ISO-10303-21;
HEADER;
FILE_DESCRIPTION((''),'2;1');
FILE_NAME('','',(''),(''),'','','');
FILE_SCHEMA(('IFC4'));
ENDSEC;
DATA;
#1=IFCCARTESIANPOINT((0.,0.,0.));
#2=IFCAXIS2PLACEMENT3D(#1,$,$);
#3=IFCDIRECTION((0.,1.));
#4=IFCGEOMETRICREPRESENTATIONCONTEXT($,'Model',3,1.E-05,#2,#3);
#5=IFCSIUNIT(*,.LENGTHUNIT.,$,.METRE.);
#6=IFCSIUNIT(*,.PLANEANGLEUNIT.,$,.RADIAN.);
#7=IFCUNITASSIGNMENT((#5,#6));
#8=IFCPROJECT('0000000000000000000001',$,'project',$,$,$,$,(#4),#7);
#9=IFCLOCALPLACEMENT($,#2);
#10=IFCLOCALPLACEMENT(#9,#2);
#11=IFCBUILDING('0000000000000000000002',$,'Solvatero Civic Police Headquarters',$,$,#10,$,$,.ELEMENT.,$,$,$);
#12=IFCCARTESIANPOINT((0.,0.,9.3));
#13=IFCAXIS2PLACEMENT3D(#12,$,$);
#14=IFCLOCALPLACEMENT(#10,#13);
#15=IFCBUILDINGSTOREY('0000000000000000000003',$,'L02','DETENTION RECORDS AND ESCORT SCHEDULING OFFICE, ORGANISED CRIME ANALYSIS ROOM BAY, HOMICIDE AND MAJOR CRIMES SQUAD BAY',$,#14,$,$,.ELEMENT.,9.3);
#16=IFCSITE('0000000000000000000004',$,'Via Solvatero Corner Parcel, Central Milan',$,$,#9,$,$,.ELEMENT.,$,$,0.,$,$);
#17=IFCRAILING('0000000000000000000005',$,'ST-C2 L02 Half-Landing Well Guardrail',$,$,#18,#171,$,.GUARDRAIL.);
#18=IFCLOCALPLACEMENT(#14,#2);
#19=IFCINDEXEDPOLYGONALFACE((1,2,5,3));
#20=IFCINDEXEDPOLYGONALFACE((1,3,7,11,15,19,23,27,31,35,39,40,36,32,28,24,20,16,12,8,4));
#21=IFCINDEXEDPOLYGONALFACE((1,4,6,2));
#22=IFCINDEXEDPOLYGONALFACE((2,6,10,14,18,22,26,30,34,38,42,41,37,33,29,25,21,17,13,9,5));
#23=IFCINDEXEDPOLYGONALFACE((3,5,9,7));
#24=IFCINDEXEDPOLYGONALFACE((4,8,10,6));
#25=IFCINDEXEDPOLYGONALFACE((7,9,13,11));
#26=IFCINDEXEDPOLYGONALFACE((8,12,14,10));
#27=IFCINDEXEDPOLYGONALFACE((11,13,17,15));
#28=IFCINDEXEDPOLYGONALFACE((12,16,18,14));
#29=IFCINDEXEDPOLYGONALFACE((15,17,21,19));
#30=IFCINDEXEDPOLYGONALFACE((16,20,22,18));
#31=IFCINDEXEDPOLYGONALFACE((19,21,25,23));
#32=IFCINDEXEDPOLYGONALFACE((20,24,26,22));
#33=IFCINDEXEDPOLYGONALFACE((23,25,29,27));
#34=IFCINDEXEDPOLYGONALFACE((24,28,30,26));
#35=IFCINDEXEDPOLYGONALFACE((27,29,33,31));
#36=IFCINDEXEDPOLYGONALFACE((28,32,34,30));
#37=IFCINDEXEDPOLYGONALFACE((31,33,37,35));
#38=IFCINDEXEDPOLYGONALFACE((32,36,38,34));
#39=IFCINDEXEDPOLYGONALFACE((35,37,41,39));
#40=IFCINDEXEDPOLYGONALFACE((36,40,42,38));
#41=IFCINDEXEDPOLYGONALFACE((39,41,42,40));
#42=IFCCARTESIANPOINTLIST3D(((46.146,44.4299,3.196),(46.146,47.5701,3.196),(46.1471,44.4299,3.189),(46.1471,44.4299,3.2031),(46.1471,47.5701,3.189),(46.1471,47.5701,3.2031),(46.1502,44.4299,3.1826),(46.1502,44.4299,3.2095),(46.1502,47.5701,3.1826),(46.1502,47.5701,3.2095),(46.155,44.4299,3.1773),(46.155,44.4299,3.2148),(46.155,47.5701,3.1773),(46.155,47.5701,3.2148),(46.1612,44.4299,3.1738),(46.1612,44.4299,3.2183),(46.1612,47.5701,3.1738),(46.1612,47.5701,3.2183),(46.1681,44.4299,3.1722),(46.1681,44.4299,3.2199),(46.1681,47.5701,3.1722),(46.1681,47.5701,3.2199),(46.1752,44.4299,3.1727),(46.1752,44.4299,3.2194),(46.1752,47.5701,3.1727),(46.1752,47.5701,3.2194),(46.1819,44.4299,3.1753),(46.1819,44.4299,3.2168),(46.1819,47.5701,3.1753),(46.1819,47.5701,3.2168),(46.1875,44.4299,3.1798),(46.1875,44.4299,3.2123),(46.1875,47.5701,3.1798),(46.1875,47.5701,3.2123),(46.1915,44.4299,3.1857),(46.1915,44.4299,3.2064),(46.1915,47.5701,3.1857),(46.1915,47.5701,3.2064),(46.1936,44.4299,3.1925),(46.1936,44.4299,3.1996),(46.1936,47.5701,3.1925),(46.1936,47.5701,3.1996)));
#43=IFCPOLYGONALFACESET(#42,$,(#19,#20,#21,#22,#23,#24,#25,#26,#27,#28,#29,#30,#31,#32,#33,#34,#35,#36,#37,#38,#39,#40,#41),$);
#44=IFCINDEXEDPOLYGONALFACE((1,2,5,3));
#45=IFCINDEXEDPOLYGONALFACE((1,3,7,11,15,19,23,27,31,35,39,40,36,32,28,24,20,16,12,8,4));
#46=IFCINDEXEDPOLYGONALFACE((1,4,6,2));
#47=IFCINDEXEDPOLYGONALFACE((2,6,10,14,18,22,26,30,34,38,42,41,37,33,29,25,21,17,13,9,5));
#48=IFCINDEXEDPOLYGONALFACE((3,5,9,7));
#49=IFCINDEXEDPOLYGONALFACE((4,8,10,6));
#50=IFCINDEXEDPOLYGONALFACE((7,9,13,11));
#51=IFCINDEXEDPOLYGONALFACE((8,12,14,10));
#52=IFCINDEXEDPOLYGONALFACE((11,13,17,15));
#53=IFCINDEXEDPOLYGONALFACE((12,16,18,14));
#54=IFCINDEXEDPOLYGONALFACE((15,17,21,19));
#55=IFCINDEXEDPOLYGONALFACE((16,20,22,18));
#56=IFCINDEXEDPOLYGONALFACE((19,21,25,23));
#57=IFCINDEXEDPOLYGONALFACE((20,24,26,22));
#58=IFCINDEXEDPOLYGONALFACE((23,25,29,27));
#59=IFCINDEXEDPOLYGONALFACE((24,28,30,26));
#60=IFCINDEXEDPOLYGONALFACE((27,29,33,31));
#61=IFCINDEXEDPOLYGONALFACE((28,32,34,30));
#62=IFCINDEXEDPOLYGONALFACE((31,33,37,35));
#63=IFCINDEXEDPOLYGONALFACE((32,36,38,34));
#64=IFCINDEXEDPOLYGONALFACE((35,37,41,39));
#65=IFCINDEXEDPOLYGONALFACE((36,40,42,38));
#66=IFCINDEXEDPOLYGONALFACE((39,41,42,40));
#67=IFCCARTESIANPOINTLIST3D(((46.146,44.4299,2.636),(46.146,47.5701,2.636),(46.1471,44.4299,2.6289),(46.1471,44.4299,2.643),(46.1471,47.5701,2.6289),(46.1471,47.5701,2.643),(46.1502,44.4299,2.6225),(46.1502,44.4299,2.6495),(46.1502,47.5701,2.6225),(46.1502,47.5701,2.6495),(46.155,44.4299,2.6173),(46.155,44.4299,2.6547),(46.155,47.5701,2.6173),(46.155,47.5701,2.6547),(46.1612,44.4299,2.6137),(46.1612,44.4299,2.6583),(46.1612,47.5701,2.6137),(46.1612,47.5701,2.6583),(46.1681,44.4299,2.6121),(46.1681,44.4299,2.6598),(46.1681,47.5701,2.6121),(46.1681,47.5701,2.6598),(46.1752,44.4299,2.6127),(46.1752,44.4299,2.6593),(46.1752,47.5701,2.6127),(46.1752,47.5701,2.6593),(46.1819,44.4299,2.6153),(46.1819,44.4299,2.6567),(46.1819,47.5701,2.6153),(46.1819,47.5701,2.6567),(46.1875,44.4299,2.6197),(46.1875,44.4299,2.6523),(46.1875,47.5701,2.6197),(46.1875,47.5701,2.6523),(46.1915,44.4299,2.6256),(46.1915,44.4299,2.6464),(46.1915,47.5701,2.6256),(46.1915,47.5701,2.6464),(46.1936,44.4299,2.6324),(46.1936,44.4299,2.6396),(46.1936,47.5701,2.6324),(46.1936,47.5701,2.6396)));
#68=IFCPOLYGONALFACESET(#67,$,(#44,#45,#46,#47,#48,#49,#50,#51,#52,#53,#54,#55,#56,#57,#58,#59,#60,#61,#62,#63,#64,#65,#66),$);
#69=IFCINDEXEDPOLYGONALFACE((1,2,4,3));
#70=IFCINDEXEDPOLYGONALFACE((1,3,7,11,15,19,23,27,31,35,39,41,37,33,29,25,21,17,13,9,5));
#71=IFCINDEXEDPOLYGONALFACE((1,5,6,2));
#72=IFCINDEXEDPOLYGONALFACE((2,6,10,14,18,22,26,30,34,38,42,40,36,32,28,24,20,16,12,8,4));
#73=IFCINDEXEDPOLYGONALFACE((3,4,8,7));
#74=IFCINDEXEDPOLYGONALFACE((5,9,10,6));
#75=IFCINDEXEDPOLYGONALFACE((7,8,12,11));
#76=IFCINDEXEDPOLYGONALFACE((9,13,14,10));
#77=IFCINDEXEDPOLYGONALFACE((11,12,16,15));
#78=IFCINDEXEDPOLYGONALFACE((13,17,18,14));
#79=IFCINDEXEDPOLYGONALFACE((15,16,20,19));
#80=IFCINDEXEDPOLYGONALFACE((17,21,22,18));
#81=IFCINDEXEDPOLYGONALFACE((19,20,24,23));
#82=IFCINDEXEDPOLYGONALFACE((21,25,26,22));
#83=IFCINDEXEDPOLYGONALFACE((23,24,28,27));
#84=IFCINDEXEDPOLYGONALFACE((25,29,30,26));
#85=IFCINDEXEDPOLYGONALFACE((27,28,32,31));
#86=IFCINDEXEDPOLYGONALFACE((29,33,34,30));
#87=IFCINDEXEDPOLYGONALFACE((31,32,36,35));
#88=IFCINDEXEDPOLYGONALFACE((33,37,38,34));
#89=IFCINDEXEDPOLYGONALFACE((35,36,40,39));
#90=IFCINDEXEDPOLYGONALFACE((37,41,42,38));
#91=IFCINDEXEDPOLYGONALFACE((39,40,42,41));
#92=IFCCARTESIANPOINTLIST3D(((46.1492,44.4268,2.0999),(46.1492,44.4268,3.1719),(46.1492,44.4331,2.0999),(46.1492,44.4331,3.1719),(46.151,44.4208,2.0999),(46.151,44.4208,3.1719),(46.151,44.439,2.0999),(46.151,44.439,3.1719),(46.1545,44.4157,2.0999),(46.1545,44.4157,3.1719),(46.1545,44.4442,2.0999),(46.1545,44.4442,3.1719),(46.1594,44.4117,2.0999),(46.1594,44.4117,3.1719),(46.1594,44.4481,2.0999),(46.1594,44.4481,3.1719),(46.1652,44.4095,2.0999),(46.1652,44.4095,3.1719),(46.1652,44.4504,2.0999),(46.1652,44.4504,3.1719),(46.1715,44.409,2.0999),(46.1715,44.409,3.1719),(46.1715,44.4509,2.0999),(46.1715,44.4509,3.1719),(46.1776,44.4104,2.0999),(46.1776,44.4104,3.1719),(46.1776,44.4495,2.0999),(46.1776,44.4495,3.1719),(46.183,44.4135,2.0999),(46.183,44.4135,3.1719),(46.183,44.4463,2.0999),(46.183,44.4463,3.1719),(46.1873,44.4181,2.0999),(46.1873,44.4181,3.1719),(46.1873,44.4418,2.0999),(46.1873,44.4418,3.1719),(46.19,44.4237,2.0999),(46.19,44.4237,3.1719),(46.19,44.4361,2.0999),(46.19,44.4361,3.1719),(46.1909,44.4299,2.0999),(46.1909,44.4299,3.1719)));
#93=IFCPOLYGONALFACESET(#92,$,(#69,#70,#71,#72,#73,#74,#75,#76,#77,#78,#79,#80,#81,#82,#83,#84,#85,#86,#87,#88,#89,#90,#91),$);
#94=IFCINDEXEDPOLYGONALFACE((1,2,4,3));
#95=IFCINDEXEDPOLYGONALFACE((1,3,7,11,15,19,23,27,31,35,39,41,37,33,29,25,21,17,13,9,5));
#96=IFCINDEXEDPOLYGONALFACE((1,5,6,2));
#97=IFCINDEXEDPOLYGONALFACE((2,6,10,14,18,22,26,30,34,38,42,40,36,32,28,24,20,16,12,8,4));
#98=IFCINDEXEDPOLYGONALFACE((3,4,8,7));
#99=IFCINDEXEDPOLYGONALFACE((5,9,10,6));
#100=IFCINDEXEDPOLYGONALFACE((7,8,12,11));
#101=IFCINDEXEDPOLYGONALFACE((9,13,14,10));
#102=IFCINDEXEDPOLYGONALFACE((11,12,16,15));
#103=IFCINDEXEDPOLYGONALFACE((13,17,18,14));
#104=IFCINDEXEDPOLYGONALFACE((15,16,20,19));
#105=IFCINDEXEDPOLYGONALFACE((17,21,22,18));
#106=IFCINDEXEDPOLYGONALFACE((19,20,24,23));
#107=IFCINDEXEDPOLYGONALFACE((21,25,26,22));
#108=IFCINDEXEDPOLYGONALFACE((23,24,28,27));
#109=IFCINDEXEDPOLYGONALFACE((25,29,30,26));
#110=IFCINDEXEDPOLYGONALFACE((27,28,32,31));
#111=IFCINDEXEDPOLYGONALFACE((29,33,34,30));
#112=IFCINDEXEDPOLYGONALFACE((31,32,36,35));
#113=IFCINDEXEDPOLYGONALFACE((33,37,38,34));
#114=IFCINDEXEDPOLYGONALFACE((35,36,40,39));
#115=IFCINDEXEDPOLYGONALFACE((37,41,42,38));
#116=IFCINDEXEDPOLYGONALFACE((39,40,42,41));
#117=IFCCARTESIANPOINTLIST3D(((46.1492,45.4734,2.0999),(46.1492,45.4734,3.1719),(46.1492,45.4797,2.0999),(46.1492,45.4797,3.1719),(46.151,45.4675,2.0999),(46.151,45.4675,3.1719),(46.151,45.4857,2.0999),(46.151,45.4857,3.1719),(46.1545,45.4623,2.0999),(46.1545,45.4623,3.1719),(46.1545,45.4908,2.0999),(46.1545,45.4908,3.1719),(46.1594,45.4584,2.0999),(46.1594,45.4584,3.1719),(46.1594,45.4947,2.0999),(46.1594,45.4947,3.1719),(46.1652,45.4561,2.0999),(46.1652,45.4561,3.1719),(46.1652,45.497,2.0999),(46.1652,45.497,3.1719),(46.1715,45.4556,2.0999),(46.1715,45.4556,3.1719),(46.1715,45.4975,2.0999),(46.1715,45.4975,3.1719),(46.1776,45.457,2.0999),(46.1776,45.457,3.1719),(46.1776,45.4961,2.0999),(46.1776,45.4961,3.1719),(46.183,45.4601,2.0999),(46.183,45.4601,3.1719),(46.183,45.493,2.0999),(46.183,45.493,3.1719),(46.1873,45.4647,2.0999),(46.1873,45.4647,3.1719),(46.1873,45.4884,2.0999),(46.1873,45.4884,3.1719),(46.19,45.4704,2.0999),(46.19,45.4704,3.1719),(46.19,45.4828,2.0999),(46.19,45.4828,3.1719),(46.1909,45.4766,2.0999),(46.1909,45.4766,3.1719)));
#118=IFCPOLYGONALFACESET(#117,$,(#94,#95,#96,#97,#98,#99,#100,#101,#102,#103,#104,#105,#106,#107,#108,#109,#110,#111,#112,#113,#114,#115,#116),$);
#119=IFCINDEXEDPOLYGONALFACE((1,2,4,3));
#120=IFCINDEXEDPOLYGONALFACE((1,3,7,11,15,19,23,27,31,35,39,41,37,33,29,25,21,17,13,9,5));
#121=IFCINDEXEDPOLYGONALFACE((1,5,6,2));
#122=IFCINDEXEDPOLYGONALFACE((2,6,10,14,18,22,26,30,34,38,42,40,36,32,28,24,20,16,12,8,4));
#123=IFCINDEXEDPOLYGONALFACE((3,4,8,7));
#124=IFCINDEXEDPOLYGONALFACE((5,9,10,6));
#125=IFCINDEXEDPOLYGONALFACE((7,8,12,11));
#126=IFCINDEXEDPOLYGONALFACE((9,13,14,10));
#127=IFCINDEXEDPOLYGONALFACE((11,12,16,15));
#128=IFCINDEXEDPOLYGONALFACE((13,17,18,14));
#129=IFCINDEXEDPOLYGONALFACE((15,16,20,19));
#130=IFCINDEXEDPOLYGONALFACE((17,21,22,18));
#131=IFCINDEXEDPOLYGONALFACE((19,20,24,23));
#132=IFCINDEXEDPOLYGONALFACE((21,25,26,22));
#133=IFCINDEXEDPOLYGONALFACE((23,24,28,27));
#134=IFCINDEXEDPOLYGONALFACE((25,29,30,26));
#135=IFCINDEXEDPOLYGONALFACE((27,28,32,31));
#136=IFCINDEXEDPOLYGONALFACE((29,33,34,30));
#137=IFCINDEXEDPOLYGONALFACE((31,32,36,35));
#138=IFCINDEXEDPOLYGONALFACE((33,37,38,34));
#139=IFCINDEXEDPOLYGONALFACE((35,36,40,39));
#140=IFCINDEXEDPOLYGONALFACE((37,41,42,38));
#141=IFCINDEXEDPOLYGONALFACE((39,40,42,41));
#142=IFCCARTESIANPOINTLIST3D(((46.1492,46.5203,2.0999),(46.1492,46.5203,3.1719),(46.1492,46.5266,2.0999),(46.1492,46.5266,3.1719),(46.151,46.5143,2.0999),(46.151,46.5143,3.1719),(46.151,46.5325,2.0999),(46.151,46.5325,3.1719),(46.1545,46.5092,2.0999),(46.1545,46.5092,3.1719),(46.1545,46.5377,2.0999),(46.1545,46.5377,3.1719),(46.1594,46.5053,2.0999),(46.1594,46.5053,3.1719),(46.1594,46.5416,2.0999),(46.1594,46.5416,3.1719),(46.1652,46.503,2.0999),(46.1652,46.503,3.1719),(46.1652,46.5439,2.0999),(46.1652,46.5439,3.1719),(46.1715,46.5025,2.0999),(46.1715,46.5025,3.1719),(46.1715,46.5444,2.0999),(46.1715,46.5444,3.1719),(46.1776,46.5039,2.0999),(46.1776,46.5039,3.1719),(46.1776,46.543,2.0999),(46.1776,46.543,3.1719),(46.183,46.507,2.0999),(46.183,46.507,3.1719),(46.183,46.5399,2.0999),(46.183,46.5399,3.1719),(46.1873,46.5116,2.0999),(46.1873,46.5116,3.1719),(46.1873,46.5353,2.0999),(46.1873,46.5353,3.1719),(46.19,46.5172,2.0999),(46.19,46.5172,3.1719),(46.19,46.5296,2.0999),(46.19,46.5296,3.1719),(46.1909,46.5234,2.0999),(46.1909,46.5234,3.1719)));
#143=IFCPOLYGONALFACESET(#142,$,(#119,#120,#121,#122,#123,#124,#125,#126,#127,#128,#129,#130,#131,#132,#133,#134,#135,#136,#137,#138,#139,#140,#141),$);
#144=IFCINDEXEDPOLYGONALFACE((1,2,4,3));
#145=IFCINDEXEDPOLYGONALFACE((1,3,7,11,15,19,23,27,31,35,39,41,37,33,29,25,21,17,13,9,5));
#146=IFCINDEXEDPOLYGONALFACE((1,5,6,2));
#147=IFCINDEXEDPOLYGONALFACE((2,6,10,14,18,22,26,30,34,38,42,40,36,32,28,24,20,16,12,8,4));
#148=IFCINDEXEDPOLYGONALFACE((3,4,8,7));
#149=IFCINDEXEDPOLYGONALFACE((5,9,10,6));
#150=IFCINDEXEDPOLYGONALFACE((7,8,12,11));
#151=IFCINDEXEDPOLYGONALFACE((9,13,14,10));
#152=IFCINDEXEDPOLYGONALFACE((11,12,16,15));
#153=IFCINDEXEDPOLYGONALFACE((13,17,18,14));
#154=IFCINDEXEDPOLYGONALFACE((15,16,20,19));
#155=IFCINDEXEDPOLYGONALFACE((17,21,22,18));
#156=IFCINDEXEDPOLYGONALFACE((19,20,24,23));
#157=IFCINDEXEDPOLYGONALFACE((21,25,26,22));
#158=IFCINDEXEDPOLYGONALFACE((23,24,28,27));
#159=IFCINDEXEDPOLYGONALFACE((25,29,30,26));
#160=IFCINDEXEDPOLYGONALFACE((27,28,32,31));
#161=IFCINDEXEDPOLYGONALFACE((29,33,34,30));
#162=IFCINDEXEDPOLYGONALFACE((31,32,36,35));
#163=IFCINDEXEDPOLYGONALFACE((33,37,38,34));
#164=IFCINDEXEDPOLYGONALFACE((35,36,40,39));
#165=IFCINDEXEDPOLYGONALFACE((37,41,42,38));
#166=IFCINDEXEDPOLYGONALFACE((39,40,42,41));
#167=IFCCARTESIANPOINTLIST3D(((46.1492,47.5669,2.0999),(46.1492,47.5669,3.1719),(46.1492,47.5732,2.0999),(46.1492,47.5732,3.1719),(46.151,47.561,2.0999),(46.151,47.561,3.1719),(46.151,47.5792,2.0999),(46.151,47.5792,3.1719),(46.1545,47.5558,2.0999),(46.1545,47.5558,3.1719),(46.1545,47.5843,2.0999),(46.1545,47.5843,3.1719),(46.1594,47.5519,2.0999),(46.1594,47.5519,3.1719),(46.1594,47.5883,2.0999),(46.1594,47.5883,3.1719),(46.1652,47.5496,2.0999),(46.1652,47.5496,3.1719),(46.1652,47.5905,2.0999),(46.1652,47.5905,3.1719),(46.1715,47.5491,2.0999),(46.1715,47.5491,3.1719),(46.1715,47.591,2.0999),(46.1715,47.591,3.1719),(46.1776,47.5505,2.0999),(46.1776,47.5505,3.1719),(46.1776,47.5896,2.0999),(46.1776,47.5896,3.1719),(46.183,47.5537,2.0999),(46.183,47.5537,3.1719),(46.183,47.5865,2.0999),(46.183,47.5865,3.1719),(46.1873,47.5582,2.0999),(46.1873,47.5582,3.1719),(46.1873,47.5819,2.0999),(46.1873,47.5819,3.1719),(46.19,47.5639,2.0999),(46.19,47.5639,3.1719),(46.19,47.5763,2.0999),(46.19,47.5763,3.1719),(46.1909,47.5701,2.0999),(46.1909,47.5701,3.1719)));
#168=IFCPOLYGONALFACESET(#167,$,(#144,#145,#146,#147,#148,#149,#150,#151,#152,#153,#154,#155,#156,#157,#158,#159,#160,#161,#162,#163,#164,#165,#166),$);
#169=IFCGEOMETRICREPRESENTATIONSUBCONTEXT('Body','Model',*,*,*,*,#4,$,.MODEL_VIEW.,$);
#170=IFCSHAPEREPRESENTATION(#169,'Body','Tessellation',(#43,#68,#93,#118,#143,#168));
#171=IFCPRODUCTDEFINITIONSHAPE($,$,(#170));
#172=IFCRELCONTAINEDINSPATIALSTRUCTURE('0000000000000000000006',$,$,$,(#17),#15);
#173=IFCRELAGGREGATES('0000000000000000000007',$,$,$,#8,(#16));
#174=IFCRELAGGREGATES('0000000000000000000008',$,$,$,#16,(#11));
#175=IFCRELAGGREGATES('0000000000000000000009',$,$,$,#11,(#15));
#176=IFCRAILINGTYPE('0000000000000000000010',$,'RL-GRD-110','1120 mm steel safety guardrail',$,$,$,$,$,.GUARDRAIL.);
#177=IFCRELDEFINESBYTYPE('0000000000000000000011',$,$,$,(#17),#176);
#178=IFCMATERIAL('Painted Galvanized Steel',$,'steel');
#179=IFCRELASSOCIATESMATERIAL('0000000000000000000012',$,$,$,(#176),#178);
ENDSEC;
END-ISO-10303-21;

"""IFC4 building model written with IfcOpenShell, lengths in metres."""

from ifc_helpers import new_model, si_unit, direction, frame, origin, origin_2d, place, context, subcontext, project, spatial, circle, extrude, material, type_object, element, save


model = new_model("IFC4")

# Units and contexts
model_context = context("Model", 3, precision=1e-05, world=origin(), true_north=direction((0.0, 1.0)))
body_context = subcontext(model_context, "Body", "Model", "MODEL_VIEW")
ifc_project = project(units=[si_unit("LENGTHUNIT", "METRE"), si_unit("PLANEANGLEUNIT", "RADIAN")], contexts=[model_context])

# Site, building, storey
site_placement = place(None, origin())
site = spatial("IfcSite", under=ifc_project, at=site_placement, Name="Via Solvatero Corner Parcel, Central Milan", CompositionType="ELEMENT", RefElevation=0.0)
building_placement = place(site_placement, origin())
building = spatial("IfcBuilding", under=site, at=building_placement, Name="Solvatero Civic Police Headquarters", CompositionType="ELEMENT")
storey_placement = place(building_placement, frame((0.0, 0.0, 9.3)))
storey = spatial("IfcBuildingStorey", under=building, at=storey_placement, Name="L02", Description="DETENTION RECORDS AND ESCORT SCHEDULING OFFICE, ORGANISED CRIME ANALYSIS ROOM BAY, HOMICIDE AND MAJOR CRIMES SQUAD BAY", CompositionType="ELEMENT", Elevation=9.3)

# Railing
ifc_material_1 = material(Name="Painted Galvanized Steel", Category="steel")
railing_type_1 = type_object("IfcRailingType", Name="RL-GRD-110", Description="1120 mm steel safety guardrail", PredefinedType="GUARDRAIL", material=ifc_material_1)
railing_1_placement = place(storey_placement, frame((46.1699, 44.4299, 2.0999)))
element("IfcRailing", 1, at=railing_1_placement, inside=storey, type_object=railing_type_1, Name="ST-C2 L02 Half-Landing Well Guardrail", PredefinedType="GUARDRAIL", context=body_context, shape_type="SweptSolid", body=[
    extrude(circle(Radius=0.0239, at=origin_2d()), frame((0.0, 0.0, 1.0962), z_axis=(0.0, 1.0, 0.0), x_axis=(-1.0, 0.0, 0.0)), (0.0, 0.0, 1.0), 3.1401),
    extrude(circle(Radius=0.0239, at=origin_2d()), frame((0.0, 0.0, 0.5361), z_axis=(0.0, 1.0, 0.0), x_axis=(-1.0, 0.0, 0.0)), (0.0, 0.0, 1.0), 3.1401),
    extrude(circle(Radius=0.021, at=origin_2d()), origin(), (0.0, 0.0, 1.0), 1.072),
    extrude(circle(Radius=0.021, at=origin_2d()), frame((0.0, 1.0466, 0.0)), (0.0, 0.0, 1.0), 1.072),
    extrude(circle(Radius=0.021, at=origin_2d()), frame((0.0, 2.0935, 0.0)), (0.0, 0.0, 1.0), 1.072),
    extrude(circle(Radius=0.021, at=origin_2d()), frame((0.0, 3.1401, 0.0)), (0.0, 0.0, 1.0), 1.072),
])

save(model, "model.ifc")
